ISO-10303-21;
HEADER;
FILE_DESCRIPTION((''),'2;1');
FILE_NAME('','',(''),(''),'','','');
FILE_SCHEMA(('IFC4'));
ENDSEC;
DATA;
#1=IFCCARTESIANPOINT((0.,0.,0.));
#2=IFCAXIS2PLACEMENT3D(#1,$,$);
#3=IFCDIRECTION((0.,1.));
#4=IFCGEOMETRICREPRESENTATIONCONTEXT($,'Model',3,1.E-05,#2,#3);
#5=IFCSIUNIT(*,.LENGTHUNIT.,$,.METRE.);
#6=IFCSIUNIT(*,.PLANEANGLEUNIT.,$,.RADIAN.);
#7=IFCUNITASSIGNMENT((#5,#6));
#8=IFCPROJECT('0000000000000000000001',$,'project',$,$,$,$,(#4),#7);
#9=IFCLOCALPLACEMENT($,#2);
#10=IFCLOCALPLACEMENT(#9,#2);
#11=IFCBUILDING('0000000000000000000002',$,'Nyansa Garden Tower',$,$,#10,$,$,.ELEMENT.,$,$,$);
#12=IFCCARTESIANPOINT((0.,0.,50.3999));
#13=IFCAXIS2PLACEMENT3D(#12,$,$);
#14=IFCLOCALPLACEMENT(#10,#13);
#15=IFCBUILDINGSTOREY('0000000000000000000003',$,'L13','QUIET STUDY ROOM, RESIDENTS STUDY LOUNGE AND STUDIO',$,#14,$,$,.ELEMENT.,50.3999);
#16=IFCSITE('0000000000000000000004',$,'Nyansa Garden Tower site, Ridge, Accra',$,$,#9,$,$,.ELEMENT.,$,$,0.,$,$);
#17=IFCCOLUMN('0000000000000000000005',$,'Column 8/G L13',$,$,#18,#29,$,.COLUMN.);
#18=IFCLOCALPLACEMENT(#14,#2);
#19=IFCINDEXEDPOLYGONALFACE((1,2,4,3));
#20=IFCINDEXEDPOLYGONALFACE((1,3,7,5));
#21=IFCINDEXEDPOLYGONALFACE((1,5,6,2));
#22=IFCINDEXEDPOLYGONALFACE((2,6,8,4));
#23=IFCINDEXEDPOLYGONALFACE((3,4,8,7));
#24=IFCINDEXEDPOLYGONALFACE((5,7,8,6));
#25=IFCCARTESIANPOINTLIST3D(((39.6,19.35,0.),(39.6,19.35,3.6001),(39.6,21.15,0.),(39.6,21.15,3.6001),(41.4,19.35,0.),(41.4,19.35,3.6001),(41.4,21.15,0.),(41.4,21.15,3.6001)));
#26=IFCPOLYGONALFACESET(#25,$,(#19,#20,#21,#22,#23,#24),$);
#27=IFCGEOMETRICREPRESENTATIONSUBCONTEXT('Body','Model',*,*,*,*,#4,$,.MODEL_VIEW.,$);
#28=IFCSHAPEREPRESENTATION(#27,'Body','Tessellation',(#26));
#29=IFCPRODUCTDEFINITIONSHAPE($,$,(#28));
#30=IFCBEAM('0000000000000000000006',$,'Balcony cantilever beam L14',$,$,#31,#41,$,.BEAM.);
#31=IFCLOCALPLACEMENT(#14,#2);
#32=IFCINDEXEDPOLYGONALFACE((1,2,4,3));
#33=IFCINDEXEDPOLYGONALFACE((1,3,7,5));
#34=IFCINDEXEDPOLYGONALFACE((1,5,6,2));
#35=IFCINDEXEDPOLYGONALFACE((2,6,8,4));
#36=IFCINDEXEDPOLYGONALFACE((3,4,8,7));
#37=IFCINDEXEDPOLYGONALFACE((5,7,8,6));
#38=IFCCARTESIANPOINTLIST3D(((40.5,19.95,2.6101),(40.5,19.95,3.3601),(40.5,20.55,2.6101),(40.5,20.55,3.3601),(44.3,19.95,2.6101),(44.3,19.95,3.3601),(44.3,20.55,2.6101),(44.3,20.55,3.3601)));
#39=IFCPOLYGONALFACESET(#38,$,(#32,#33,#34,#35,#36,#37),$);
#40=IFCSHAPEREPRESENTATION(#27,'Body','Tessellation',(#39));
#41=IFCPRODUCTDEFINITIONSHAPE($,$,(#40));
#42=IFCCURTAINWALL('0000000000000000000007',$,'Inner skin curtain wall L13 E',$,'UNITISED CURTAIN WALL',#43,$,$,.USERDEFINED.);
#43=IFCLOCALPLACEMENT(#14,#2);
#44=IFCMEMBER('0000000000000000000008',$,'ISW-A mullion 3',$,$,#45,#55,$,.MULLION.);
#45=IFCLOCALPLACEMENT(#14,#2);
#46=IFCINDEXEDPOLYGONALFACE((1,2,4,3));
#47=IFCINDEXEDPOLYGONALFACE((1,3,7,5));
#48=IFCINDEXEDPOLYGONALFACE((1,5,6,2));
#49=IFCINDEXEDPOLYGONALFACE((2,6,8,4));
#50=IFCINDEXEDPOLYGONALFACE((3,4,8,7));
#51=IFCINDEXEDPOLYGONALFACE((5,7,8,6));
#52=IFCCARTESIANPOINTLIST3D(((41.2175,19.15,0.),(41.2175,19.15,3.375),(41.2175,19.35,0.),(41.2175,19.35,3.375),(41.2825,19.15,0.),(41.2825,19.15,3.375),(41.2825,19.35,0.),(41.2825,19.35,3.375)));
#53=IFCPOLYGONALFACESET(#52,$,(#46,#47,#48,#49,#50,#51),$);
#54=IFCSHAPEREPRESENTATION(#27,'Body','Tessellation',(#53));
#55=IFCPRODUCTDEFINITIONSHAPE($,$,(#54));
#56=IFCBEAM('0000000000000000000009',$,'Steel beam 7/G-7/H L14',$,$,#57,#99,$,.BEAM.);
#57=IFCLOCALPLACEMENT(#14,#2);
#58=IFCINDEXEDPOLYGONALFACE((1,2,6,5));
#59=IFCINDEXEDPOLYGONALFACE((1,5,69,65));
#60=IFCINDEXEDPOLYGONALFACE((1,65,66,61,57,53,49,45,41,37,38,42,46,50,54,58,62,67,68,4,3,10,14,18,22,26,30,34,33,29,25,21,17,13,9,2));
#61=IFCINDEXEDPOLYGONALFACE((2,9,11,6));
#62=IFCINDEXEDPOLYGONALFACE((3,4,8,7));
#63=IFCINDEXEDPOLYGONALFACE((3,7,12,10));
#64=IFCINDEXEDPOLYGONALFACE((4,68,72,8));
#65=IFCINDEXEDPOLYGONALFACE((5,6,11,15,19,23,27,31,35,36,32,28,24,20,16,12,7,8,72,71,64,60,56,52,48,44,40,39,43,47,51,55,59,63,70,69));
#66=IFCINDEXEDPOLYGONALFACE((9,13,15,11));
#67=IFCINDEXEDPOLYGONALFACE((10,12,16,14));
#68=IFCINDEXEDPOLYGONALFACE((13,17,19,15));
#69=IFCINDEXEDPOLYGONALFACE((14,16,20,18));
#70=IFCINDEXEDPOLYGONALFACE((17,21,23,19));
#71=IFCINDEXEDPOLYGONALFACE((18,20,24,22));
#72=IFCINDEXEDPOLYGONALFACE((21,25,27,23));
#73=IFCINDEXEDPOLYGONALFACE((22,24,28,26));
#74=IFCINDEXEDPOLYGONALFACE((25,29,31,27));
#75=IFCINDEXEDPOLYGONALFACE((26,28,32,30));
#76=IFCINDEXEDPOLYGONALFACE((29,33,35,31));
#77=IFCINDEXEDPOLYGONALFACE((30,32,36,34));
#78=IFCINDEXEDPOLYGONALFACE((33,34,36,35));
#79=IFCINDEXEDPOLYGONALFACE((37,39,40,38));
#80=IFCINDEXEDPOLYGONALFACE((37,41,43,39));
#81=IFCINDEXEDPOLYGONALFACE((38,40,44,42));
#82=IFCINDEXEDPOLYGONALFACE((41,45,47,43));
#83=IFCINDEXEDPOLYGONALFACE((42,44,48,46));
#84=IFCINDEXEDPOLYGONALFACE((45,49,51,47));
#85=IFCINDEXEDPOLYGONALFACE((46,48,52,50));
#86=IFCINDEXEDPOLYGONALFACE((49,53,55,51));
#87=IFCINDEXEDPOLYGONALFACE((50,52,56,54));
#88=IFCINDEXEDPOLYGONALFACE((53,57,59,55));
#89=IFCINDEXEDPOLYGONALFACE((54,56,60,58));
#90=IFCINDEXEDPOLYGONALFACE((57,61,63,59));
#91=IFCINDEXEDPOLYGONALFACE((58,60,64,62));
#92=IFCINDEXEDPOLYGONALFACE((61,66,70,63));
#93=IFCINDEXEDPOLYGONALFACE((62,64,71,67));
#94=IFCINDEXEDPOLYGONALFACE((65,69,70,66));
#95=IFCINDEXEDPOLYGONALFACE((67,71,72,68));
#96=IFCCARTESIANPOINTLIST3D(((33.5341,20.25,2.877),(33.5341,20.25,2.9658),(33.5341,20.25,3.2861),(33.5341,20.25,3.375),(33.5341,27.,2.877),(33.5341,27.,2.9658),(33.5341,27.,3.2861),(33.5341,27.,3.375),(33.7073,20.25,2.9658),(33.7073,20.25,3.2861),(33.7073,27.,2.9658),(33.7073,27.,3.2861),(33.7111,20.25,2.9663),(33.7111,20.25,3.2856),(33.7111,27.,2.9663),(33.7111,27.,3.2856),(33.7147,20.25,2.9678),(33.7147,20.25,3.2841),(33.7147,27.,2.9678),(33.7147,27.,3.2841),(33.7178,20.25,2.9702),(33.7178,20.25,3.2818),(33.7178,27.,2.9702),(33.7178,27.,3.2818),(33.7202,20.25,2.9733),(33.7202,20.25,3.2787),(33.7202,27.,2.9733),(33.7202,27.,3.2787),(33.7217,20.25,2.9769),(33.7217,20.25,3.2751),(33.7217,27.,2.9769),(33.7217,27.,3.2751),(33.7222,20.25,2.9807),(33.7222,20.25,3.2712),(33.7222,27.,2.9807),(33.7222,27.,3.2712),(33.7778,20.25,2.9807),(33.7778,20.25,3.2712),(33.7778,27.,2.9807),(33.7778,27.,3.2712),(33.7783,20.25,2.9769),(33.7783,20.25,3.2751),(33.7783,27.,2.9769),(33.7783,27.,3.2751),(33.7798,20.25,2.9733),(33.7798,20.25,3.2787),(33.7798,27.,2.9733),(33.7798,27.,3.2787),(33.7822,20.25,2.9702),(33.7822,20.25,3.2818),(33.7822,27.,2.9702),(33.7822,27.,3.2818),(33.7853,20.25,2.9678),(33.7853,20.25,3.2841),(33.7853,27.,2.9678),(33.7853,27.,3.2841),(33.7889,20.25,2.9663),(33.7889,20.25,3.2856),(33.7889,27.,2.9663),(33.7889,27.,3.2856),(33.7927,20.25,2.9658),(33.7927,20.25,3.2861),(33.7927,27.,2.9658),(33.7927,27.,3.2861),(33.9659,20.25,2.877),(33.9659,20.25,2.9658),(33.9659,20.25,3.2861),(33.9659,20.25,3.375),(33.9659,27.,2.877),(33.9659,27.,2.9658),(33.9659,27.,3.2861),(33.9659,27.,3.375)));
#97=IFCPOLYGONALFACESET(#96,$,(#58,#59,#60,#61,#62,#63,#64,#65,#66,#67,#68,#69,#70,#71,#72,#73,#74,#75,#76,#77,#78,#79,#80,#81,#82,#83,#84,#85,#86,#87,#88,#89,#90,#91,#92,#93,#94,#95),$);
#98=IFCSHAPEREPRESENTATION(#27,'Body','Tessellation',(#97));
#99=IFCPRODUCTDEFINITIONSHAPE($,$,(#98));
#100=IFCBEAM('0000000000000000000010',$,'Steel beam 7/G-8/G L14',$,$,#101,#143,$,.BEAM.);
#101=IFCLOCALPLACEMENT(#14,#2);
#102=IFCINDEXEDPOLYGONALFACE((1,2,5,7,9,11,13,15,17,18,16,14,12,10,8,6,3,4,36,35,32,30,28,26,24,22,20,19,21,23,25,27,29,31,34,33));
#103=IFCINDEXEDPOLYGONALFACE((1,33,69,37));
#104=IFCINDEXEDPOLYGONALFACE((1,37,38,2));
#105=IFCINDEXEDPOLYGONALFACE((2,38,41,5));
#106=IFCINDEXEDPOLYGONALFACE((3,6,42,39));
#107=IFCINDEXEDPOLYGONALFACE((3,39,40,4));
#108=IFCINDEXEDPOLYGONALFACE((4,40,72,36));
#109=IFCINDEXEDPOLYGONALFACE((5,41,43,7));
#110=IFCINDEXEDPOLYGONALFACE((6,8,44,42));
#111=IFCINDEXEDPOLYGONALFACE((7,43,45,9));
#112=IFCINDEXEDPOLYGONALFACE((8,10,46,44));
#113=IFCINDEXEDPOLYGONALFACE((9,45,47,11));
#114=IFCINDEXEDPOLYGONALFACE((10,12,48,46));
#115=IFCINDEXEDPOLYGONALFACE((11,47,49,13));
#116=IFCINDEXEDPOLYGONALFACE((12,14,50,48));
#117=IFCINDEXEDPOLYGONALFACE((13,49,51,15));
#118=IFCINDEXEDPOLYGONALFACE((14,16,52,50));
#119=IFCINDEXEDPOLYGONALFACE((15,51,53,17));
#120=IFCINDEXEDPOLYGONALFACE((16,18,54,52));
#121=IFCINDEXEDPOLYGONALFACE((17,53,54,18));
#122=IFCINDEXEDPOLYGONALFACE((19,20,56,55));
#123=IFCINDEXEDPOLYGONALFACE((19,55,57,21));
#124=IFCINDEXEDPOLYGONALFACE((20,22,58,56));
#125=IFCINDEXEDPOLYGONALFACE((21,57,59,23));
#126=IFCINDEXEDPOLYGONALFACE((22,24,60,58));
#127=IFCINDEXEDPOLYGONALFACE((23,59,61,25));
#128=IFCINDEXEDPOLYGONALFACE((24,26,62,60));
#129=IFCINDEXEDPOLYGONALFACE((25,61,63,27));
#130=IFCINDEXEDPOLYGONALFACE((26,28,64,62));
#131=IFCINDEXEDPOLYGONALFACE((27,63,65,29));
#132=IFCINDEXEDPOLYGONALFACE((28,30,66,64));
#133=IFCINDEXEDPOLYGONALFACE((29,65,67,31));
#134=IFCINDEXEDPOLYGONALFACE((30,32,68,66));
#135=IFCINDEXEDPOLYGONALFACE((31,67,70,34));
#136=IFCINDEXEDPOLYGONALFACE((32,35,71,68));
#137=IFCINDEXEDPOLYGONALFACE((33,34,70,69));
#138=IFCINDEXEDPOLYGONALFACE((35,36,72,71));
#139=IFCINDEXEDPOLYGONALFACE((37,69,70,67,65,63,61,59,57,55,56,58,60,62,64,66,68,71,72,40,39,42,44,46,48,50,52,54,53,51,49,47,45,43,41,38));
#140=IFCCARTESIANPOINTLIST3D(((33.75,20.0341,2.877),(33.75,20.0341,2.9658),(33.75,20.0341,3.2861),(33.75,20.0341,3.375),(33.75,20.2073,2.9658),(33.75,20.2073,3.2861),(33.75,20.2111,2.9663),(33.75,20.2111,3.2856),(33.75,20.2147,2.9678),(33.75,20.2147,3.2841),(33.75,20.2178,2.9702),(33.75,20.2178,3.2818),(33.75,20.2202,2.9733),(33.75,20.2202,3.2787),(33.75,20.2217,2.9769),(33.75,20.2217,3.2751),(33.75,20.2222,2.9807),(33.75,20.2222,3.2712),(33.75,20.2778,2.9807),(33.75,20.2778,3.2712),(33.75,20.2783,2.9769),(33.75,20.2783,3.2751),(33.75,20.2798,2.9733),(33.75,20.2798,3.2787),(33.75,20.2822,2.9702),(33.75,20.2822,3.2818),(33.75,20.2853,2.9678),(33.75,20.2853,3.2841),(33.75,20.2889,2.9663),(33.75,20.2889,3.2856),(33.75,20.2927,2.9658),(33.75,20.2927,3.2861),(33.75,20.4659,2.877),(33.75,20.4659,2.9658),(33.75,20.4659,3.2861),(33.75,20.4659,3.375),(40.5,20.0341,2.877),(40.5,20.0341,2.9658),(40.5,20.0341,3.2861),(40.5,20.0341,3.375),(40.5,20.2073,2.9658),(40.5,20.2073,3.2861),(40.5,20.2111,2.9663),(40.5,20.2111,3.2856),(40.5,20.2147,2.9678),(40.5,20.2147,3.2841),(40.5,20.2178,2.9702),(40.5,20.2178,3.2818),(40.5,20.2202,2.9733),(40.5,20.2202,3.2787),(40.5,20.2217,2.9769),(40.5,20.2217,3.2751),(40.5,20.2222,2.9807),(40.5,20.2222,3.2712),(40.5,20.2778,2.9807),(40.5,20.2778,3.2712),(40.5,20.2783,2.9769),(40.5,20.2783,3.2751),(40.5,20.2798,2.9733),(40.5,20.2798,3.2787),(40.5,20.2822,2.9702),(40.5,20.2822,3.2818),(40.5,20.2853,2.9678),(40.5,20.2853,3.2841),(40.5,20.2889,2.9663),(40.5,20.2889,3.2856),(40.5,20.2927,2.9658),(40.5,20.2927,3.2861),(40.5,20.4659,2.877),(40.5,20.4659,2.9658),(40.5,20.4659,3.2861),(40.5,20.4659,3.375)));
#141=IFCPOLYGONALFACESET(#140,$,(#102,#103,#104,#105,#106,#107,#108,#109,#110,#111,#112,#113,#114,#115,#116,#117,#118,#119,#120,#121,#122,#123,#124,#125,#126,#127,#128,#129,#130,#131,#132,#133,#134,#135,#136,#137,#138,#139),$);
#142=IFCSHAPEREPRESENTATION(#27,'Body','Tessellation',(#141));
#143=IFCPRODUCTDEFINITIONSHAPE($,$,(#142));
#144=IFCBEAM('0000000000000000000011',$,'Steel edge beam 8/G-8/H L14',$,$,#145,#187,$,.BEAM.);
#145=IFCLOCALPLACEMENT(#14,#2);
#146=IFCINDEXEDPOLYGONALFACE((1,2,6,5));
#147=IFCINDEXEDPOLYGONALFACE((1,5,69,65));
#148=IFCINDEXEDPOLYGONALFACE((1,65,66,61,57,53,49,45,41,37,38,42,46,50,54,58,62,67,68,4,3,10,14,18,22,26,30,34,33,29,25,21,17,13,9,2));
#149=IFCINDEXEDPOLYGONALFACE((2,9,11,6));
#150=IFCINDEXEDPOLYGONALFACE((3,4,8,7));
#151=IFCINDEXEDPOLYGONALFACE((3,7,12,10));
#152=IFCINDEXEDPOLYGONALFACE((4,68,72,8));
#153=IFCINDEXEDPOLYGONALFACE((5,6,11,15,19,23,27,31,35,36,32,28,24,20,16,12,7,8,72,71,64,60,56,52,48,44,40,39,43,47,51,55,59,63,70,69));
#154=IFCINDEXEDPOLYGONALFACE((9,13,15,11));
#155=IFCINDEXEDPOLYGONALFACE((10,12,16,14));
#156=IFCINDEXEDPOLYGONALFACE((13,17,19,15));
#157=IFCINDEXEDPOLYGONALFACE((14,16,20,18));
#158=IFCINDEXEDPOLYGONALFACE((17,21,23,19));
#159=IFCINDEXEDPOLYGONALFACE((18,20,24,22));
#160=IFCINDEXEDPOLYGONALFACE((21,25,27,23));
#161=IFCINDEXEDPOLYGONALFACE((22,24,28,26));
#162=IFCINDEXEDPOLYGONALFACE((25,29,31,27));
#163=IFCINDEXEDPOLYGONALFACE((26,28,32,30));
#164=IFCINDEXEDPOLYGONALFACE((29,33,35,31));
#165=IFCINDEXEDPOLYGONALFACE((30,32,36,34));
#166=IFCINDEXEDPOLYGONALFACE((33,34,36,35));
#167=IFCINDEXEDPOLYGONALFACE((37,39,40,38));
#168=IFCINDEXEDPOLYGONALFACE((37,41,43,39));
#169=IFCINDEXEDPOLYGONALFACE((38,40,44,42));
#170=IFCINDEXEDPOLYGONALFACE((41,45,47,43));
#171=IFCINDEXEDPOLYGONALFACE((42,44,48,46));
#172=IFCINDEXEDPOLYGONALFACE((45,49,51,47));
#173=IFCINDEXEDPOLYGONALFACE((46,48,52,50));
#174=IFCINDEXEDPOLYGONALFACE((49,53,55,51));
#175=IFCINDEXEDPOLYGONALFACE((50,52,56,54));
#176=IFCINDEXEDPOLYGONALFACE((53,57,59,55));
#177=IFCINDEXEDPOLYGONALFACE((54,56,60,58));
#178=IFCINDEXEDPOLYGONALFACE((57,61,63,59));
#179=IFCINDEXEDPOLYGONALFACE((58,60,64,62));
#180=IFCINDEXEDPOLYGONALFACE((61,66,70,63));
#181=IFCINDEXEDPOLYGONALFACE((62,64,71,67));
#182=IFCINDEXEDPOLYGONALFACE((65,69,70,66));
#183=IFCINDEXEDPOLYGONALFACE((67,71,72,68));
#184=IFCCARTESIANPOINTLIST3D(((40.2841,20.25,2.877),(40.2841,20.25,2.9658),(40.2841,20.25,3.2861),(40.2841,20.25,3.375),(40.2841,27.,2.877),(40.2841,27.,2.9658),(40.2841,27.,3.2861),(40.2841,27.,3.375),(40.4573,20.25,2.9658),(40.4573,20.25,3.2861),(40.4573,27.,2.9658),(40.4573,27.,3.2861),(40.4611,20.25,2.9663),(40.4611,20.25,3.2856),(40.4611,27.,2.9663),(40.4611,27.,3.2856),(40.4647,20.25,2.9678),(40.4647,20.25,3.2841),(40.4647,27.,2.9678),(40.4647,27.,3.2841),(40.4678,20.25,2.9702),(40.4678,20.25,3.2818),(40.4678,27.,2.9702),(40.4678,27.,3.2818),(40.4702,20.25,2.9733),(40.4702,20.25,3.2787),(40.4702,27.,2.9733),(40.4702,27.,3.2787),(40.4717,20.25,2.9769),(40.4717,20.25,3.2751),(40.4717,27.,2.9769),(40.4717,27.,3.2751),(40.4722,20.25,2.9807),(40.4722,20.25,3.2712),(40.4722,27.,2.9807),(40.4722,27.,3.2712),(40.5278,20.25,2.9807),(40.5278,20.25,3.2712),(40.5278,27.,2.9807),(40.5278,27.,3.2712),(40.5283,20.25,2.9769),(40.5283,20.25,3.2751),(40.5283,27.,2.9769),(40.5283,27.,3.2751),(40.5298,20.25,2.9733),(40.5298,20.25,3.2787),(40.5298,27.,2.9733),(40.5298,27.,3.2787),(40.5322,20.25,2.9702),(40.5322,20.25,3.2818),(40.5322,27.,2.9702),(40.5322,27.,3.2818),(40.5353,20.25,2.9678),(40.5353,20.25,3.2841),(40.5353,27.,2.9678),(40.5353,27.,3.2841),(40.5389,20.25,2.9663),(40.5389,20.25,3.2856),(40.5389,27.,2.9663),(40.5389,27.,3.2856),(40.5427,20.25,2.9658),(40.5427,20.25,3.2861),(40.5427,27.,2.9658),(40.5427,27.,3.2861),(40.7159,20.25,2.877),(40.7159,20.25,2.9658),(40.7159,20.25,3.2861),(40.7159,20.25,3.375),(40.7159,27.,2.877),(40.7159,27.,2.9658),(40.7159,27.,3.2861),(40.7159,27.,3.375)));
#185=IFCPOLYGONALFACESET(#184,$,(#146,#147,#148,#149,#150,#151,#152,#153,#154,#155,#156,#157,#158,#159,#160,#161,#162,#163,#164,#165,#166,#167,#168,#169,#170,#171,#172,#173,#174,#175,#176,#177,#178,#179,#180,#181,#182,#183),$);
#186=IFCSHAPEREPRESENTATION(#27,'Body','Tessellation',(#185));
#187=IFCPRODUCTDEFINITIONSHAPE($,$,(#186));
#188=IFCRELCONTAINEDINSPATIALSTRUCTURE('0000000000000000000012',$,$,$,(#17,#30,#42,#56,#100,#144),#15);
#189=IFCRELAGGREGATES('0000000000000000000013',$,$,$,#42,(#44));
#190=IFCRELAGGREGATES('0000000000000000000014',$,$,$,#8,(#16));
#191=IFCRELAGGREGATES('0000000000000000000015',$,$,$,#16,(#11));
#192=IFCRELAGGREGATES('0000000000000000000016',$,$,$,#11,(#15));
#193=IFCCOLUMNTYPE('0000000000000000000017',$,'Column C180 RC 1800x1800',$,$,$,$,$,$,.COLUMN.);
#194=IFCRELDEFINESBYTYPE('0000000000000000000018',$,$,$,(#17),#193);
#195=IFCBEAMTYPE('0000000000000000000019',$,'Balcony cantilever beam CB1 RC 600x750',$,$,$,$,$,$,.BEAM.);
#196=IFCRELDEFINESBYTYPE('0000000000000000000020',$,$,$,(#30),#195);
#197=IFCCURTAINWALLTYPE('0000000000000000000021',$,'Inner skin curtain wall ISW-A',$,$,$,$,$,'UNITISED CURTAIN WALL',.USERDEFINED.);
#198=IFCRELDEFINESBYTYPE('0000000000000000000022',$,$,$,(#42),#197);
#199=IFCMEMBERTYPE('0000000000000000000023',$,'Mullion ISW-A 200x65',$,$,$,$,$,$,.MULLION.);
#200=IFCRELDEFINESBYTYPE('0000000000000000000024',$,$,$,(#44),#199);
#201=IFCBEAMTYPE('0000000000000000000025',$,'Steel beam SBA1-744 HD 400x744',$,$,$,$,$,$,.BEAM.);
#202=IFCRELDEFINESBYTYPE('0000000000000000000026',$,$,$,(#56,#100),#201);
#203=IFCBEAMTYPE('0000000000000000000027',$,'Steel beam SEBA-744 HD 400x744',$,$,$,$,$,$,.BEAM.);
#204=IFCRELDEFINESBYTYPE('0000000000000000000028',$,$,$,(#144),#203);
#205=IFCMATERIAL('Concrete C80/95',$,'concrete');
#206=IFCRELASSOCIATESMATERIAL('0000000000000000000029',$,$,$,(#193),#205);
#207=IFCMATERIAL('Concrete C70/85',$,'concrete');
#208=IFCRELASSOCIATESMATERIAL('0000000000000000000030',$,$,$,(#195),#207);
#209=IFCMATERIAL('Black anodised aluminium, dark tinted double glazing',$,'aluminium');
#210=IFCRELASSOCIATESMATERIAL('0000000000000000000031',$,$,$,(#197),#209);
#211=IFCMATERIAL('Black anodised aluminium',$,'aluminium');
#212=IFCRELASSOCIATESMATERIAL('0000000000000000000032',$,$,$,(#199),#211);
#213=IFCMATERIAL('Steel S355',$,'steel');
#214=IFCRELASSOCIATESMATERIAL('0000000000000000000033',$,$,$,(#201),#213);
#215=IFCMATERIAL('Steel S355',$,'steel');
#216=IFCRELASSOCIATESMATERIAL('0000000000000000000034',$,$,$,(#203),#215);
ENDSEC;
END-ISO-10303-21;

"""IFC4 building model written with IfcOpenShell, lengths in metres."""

from ifc_helpers import new_model, si_unit, direction, frame, origin, origin_2d, place, context, subcontext, project, spatial, rectangle, i_section, extrude, material, material_profile, profile_set, type_object, element, aggregate, save


model = new_model("IFC4")

# Units and contexts
model_context = context("Model", 3, precision=1e-05, world=origin(), true_north=direction((0.0, 1.0)))
body_context = subcontext(model_context, "Body", "Model", "MODEL_VIEW")
ifc_project = project(units=[si_unit("LENGTHUNIT", "METRE"), si_unit("PLANEANGLEUNIT", "RADIAN")], contexts=[model_context])

# Site, building, storey
site_placement = place(None, origin())
site = spatial("IfcSite", under=ifc_project, at=site_placement, Name="Nyansa Garden Tower site, Ridge, Accra", CompositionType="ELEMENT", RefElevation=0.0)
building_placement = place(site_placement, origin())
building = spatial("IfcBuilding", under=site, at=building_placement, Name="Nyansa Garden Tower", CompositionType="ELEMENT")
storey_placement = place(building_placement, frame((0.0, 0.0, 50.3999)))
storey = spatial("IfcBuildingStorey", under=building, at=storey_placement, Name="L13", Description="QUIET STUDY ROOM, RESIDENTS STUDY LOUNGE AND STUDIO", CompositionType="ELEMENT", Elevation=50.3999)

# Column
ifc_material_1 = material(Name="Concrete C80/95", Category="concrete")
ifc_material_profile_1 = material_profile(ifc_material_1, rectangle(XDim=1.8, YDim=1.8, at=origin_2d()), Name="RC 1800x1800")
ifc_profile_set_1 = profile_set([ifc_material_profile_1], Name="Concrete C80/95")
column_type = type_object("IfcColumnType", Name="Column C180 RC 1800x1800", PredefinedType="COLUMN", material=ifc_profile_set_1)
column_placement = place(storey_placement, frame((40.5, 20.25, 0.0), z_axis=(0.0, 0.0, 1.0), x_axis=(1.0, 0.0, 0.0)))
element("IfcColumn", 1, at=column_placement, inside=storey, type_object=column_type, Name="Column 8/G L13", PredefinedType="COLUMN", context=body_context, shape_type="SweptSolid", body=[
    extrude(rectangle(XDim=1.8, YDim=1.8, at=origin_2d()), origin(), (0.0, 0.0, 1.0), 3.6001),
])

# Beam
ifc_material_2 = material(Name="Concrete C70/85", Category="concrete")
ifc_material_profile_2 = material_profile(ifc_material_2, rectangle(XDim=0.6001, YDim=0.75, at=origin_2d()), Name="RC 600x750")
ifc_profile_set_2 = profile_set([ifc_material_profile_2], Name="Concrete C70/85")
beam_type_1 = type_object("IfcBeamType", Name="Balcony cantilever beam CB1 RC 600x750", PredefinedType="BEAM", material=ifc_profile_set_2)
beam_1_placement = place(storey_placement, frame((40.5, 20.25, 2.9851), z_axis=(1.0, 0.0, 0.0), x_axis=(0.0, 1.0, 0.0)))
element("IfcBeam", 2, at=beam_1_placement, inside=storey, type_object=beam_type_1, Name="Balcony cantilever beam L14", PredefinedType="BEAM", context=body_context, shape_type="SweptSolid", body=[
    extrude(rectangle(XDim=0.6001, YDim=0.75, at=origin_2d()), origin(), (0.0, 0.0, 1.0), 3.8),
])

# Curtain wall, member
ifc_material_3 = material(Name="Black anodised aluminium, dark tinted double glazing", Category="aluminium")
curtain_wall_type = type_object("IfcCurtainWallType", Name="Inner skin curtain wall ISW-A", ElementType="UNITISED CURTAIN WALL", PredefinedType="USERDEFINED", material=ifc_material_3)
curtain_wall_placement = place(storey_placement, origin())
curtain_wall = element("IfcCurtainWall", 3, at=curtain_wall_placement, inside=storey, type_object=curtain_wall_type, Name="Inner skin curtain wall L13 E", ObjectType="UNITISED CURTAIN WALL", PredefinedType="USERDEFINED")
ifc_material_4 = material(Name="Black anodised aluminium", Category="aluminium")
ifc_material_profile_3 = material_profile(ifc_material_4, rectangle(XDim=0.0649, YDim=0.2, at=origin_2d()), Name="Mullion 200x65")
ifc_profile_set_3 = profile_set([ifc_material_profile_3], Name="Black anodised aluminium")
member_type = type_object("IfcMemberType", Name="Mullion ISW-A 200x65", PredefinedType="MULLION", material=ifc_profile_set_3)
member_placement = place(storey_placement, frame((41.25, 19.25, 0.0), z_axis=(0.0, 0.0, 1.0), x_axis=(-1.0, 0.0, 0.0)))
member = element("IfcMember", 4, at=member_placement, type_object=member_type, Name="ISW-A mullion 3", PredefinedType="MULLION", context=body_context, shape_type="SweptSolid", body=[
    extrude(rectangle(XDim=0.0649, YDim=0.2, at=origin_2d()), origin(), (0.0, 0.0, 1.0), 3.375),
])
aggregate(curtain_wall, [member])

# Beams
ifc_material_5 = material(Name="Steel S355", Category="steel")
ifc_material_profile_4 = material_profile(ifc_material_5, i_section(OverallWidth=0.4319, OverallDepth=0.498, WebThickness=0.0557, FlangeThickness=0.0889, FilletRadius=0.0149, at=origin_2d()), Name="HD 400x744")
ifc_profile_set_4 = profile_set([ifc_material_profile_4], Name="Steel S355")
beam_type_2 = type_object("IfcBeamType", Name="Steel beam SBA1-744 HD 400x744", PredefinedType="BEAM", material=ifc_profile_set_4)
for number, where, z_axis, x_axis, name in (
    (5, (33.75, 20.25, 3.126), (0.0, 1.0, 0.0), (-1.0, 0.0, 0.0), "Steel beam 7/G-7/H L14"),
    (6, (33.75, 20.25, 3.126), (1.0, 0.0, 0.0), (0.0, 1.0, 0.0), "Steel beam 7/G-8/G L14"),
):
    element("IfcBeam", number, at=place(storey_placement, frame(where, z_axis=z_axis, x_axis=x_axis)), inside=storey, type_object=beam_type_2, Name=name, PredefinedType="BEAM", context=body_context, shape_type="SweptSolid", body=[
        extrude(i_section(OverallWidth=0.4319, OverallDepth=0.498, WebThickness=0.0557, FlangeThickness=0.0889, FilletRadius=0.0149, at=origin_2d()), origin(), (0.0, 0.0, 1.0), 6.75),
    ])
ifc_material_6 = material(Name="Steel S355", Category="steel")
ifc_material_profile_5 = material_profile(ifc_material_6, i_section(OverallWidth=0.4319, OverallDepth=0.498, WebThickness=0.0557, FlangeThickness=0.0889, FilletRadius=0.0149, at=origin_2d()), Name="HD 400x744")
ifc_profile_set_5 = profile_set([ifc_material_profile_5], Name="Steel S355")
beam_type_3 = type_object("IfcBeamType", Name="Steel beam SEBA-744 HD 400x744", PredefinedType="BEAM", material=ifc_profile_set_5)
beam_2_placement = place(storey_placement, frame((40.5, 20.25, 3.126), z_axis=(0.0, 1.0, 0.0), x_axis=(-1.0, 0.0, 0.0)))
element("IfcBeam", 7, at=beam_2_placement, inside=storey, type_object=beam_type_3, Name="Steel edge beam 8/G-8/H L14", PredefinedType="BEAM", context=body_context, shape_type="SweptSolid", body=[
    extrude(i_section(OverallWidth=0.4319, OverallDepth=0.498, WebThickness=0.0557, FlangeThickness=0.0889, FilletRadius=0.0149, at=origin_2d()), origin(), (0.0, 0.0, 1.0), 6.75),
])

save(model, "model.ifc")
